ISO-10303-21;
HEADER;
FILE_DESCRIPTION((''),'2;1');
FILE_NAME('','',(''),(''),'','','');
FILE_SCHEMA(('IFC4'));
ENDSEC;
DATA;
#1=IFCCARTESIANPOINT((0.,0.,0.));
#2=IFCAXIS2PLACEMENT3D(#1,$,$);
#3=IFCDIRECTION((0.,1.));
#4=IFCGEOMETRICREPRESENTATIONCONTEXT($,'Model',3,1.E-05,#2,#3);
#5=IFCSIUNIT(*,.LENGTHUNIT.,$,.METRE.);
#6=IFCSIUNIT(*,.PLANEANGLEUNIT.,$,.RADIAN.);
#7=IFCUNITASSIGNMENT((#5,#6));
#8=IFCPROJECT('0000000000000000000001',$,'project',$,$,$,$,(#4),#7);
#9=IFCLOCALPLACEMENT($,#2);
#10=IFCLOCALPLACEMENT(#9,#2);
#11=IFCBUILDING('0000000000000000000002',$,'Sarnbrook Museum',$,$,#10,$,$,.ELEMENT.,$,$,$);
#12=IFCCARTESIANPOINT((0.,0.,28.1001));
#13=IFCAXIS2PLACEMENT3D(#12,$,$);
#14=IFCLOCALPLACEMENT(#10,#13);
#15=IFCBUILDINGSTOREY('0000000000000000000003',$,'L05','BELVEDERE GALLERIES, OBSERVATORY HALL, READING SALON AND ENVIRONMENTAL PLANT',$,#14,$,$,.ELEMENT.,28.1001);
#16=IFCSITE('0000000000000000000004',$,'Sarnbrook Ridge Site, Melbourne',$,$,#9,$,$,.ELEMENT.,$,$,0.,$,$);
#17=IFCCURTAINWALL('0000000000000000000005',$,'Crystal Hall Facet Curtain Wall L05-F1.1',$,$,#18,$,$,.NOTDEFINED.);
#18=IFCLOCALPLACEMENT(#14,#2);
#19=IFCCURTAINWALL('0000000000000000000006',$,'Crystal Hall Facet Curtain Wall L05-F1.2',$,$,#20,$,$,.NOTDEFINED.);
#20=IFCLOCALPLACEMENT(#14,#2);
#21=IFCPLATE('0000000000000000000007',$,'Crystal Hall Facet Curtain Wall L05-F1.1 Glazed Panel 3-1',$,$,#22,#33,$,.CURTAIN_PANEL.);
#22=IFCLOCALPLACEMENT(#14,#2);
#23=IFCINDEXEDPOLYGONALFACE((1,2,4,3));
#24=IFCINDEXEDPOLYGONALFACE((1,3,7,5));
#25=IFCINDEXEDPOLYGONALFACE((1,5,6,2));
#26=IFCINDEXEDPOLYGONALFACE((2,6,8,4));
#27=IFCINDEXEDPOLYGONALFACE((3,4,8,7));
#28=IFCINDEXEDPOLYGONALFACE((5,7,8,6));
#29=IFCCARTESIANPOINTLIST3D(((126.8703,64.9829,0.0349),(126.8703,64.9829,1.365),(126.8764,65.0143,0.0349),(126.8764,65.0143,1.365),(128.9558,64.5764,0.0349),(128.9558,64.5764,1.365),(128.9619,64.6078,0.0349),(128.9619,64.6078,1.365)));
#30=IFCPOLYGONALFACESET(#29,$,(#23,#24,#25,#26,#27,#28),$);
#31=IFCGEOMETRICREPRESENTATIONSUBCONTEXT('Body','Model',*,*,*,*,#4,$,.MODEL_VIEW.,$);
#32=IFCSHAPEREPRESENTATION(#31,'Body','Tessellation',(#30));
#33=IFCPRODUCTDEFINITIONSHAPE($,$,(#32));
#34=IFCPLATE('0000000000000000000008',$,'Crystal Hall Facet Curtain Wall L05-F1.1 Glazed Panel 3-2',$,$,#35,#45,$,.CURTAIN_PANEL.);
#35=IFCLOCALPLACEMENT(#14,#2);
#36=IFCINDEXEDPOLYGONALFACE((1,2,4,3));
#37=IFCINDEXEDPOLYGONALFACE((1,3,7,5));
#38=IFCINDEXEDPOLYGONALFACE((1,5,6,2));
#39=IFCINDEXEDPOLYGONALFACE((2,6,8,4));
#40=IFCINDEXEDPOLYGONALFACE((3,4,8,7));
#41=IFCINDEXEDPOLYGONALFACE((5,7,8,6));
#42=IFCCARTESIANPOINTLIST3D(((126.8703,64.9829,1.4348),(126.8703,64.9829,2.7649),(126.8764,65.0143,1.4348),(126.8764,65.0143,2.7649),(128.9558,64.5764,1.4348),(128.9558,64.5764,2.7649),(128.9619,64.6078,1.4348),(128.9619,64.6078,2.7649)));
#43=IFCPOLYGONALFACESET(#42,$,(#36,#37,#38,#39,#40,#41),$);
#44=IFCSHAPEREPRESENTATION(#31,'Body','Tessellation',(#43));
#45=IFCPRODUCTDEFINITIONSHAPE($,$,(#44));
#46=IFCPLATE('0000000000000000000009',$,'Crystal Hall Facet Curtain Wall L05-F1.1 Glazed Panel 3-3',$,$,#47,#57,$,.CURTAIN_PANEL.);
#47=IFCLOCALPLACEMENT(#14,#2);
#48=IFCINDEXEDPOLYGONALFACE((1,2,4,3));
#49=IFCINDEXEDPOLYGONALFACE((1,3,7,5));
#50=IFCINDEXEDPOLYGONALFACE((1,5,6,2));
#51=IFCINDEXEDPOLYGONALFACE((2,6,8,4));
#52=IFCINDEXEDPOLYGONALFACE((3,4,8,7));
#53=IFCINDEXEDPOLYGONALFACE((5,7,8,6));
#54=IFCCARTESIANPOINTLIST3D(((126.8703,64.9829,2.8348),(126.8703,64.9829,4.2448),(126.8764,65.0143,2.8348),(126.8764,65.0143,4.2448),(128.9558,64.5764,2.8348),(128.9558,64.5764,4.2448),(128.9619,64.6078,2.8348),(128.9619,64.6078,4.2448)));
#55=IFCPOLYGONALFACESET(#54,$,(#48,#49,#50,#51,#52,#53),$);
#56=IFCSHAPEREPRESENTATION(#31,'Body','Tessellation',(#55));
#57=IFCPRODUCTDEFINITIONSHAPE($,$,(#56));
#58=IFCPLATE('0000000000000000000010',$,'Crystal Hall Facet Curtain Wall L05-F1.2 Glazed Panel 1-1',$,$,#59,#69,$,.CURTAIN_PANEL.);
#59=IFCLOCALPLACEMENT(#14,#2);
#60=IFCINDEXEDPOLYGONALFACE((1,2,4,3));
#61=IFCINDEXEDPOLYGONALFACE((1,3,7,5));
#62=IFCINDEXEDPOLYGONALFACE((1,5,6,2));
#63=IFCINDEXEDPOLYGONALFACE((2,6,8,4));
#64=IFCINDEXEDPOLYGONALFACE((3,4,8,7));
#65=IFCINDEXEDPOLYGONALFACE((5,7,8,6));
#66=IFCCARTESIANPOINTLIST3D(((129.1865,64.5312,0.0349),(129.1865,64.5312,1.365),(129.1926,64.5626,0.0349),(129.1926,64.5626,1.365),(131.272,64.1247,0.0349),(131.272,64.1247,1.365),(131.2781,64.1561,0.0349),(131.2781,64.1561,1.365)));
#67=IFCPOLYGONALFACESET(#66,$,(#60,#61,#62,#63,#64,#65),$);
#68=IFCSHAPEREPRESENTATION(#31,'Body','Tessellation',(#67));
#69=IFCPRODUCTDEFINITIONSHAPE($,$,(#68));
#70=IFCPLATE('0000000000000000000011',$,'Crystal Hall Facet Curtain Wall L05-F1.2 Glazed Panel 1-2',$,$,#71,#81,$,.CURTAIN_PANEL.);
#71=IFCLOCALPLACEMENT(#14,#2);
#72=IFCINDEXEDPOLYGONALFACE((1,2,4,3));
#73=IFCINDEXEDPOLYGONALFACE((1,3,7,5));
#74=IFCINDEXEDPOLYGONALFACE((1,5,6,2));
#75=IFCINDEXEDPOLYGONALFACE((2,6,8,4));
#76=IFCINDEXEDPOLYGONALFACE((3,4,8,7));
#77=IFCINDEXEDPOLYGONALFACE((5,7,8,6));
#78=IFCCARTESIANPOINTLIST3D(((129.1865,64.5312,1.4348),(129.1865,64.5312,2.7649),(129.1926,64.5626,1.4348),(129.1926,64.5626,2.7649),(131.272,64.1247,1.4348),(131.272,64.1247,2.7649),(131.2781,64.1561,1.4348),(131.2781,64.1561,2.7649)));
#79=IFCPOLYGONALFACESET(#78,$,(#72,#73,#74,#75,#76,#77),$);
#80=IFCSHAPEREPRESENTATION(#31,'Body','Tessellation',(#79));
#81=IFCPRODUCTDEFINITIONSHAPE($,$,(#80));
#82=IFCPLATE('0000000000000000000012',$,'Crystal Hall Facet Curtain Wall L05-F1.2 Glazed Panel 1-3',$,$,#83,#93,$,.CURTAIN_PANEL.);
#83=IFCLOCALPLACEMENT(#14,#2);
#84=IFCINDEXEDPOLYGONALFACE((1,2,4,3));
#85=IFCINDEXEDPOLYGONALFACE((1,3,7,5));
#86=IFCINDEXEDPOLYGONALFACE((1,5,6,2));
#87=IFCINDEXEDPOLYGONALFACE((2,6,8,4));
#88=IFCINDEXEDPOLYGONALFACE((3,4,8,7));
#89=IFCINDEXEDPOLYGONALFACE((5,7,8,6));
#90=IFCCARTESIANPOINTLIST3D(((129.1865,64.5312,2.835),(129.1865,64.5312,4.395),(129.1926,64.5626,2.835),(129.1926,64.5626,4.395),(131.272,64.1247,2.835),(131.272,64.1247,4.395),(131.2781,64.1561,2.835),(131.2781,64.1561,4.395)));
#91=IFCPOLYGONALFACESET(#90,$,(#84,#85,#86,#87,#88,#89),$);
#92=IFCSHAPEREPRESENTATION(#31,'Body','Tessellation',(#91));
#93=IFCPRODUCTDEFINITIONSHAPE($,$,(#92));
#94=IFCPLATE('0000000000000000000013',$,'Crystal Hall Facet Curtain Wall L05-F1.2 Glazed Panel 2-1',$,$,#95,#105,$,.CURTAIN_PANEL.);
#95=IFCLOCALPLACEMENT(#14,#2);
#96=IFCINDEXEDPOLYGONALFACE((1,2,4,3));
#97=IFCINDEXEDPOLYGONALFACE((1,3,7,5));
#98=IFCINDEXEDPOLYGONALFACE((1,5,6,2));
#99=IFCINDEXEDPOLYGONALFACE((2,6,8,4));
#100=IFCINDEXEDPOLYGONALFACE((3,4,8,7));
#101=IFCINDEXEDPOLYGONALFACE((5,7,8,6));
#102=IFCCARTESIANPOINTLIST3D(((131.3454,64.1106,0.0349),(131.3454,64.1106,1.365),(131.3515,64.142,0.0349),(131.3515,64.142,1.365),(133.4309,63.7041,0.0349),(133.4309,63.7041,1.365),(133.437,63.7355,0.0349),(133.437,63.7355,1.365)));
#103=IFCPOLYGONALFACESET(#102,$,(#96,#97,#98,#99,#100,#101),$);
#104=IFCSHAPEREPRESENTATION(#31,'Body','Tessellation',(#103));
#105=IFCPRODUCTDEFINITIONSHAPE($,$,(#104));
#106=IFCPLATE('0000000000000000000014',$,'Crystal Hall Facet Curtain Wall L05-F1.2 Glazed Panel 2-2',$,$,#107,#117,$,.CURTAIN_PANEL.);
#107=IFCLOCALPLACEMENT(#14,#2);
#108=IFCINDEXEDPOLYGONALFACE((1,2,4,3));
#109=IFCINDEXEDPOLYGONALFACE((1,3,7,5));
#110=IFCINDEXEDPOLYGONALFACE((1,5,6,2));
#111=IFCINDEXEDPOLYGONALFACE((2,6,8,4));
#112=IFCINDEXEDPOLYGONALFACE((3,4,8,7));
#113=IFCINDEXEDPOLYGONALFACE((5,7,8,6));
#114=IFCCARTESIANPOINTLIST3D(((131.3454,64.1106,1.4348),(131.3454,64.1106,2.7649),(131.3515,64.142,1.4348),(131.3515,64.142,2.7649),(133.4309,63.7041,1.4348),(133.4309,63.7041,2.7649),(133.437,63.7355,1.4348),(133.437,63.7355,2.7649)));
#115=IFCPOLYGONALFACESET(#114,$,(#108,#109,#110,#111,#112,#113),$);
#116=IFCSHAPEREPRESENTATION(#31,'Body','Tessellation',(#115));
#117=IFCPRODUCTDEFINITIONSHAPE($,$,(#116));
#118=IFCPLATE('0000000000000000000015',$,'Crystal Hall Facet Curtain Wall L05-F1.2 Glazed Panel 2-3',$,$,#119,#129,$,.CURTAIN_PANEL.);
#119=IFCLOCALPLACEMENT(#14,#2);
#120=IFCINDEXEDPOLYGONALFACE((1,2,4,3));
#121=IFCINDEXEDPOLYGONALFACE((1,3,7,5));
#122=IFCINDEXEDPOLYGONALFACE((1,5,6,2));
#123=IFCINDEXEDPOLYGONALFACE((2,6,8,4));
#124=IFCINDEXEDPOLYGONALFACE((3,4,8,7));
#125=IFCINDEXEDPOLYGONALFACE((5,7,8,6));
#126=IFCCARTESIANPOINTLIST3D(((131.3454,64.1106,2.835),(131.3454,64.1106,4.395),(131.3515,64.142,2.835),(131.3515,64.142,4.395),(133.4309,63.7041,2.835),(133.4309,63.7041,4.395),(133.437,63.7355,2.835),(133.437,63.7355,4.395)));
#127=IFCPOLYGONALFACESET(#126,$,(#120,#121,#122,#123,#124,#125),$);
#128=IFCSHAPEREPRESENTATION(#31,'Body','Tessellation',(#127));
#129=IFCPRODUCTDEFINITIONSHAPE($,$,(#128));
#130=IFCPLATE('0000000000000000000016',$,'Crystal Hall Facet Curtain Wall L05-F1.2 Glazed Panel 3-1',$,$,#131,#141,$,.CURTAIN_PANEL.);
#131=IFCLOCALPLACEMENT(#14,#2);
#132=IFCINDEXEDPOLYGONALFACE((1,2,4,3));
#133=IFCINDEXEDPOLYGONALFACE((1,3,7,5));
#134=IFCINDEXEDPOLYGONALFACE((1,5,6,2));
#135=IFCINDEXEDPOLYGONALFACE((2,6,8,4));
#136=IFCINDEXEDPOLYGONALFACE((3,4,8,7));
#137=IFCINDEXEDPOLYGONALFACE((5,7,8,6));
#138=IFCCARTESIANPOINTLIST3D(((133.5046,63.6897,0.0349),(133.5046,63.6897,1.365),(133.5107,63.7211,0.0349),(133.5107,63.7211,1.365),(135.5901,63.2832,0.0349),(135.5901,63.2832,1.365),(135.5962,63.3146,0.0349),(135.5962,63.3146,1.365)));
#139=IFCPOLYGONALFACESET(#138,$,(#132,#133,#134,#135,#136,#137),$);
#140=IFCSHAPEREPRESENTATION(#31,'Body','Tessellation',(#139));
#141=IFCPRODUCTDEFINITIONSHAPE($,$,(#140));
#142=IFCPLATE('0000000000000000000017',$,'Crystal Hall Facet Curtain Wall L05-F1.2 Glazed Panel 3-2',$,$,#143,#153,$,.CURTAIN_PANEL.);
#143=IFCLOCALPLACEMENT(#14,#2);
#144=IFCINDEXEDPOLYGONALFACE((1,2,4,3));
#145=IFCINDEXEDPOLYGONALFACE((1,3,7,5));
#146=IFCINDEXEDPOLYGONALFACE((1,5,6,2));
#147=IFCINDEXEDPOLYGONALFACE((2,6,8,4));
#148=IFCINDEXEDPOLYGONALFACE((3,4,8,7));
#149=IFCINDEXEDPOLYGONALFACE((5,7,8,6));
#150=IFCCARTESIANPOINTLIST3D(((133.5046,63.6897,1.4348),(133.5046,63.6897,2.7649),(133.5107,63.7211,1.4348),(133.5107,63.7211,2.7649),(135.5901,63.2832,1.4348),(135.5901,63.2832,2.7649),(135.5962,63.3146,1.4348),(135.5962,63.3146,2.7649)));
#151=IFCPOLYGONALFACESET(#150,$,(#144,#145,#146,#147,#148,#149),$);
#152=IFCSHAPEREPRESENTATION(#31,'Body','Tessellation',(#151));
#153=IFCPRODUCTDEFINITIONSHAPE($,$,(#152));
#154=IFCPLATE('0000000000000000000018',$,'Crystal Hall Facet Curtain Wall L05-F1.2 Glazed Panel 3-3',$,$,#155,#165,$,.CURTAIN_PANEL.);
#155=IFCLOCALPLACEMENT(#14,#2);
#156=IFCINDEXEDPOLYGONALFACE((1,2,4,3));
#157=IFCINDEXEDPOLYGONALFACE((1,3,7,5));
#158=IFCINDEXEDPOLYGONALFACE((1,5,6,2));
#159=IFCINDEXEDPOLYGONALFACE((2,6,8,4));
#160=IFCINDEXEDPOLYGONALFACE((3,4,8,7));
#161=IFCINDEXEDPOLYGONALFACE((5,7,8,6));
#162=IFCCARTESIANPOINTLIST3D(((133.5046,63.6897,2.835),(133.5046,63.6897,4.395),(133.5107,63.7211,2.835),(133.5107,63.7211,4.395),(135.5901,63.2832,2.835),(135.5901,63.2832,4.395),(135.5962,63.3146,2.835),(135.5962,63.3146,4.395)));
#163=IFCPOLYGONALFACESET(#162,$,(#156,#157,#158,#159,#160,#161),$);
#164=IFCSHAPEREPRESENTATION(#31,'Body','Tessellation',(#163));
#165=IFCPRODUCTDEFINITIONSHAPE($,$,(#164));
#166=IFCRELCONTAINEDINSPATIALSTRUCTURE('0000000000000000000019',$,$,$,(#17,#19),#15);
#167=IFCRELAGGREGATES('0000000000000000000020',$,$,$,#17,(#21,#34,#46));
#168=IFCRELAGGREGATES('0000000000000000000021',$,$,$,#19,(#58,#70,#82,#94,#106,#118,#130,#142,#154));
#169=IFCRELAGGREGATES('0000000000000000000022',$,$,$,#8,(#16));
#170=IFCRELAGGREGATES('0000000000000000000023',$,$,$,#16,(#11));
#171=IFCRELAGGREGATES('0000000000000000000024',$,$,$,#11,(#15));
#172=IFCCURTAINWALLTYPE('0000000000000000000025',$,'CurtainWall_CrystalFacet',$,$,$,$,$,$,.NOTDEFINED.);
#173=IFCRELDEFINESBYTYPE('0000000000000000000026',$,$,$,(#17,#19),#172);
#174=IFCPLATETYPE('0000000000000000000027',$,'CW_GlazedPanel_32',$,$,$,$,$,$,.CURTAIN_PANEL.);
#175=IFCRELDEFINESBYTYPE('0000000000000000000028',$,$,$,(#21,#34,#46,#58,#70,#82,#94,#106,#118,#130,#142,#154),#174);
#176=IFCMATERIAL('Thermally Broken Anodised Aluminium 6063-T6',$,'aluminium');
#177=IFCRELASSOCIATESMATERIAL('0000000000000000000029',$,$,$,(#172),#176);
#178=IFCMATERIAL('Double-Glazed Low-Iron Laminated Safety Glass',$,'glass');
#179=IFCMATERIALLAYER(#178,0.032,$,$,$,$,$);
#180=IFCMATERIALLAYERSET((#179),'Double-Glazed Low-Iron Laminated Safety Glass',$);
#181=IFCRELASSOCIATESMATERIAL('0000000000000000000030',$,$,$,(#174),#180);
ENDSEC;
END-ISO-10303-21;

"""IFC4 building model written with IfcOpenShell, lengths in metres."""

from ifc_helpers import new_model, si_unit, direction, frame, origin, origin_2d, place, context, subcontext, project, spatial, rectangle, extrude, material, layer, layer_set, type_object, element, aggregate, save


model = new_model("IFC4")

# Units and contexts
model_context = context("Model", 3, precision=1e-05, world=origin(), true_north=direction((0.0, 1.0)))
body_context = subcontext(model_context, "Body", "Model", "MODEL_VIEW")
ifc_project = project(units=[si_unit("LENGTHUNIT", "METRE"), si_unit("PLANEANGLEUNIT", "RADIAN")], contexts=[model_context])

# Site, building, storey
site_placement = place(None, origin())
site = spatial("IfcSite", under=ifc_project, at=site_placement, Name="Sarnbrook Ridge Site, Melbourne", CompositionType="ELEMENT", RefElevation=0.0)
building_placement = place(site_placement, origin())
building = spatial("IfcBuilding", under=site, at=building_placement, Name="Sarnbrook Museum", CompositionType="ELEMENT")
storey_placement = place(building_placement, frame((0.0, 0.0, 28.1001)))
storey = spatial("IfcBuildingStorey", under=building, at=storey_placement, Name="L05", Description="BELVEDERE GALLERIES, OBSERVATORY HALL, READING SALON AND ENVIRONMENTAL PLANT", CompositionType="ELEMENT", Elevation=28.1001)

# Curtain walls
ifc_material_1 = material(Name="Thermally Broken Anodised Aluminium 6063-T6", Category="aluminium")
curtain_wall_type = type_object("IfcCurtainWallType", Name="CurtainWall_CrystalFacet", PredefinedType="NOTDEFINED", material=ifc_material_1)
curtain_wall_1_placement = place(storey_placement, origin())
curtain_wall_1 = element("IfcCurtainWall", 1, at=curtain_wall_1_placement, inside=storey, type_object=curtain_wall_type, Name="Crystal Hall Facet Curtain Wall L05-F1.1", PredefinedType="NOTDEFINED")
curtain_wall_2_placement = place(storey_placement, origin())
curtain_wall_2 = element("IfcCurtainWall", 2, at=curtain_wall_2_placement, inside=storey, type_object=curtain_wall_type, Name="Crystal Hall Facet Curtain Wall L05-F1.2", PredefinedType="NOTDEFINED")

# Plates
ifc_material_2 = material(Name="Double-Glazed Low-Iron Laminated Safety Glass", Category="glass")
ifc_layer = layer(ifc_material_2, 0.032)
ifc_layer_set = layer_set([ifc_layer], Name="Double-Glazed Low-Iron Laminated Safety Glass")
plate_type = type_object("IfcPlateType", Name="CW_GlazedPanel_32", PredefinedType="CURTAIN_PANEL", material=ifc_layer_set)
plate_1_placement = place(storey_placement, frame((127.9192, 64.811, 0.7), z_axis=(-0.191312, -0.981529, 0.0), x_axis=(0.981529, -0.191312, 0.0)))
plate_1 = element("IfcPlate", 3, at=plate_1_placement, type_object=plate_type, Name="Crystal Hall Facet Curtain Wall L05-F1.1 Glazed Panel 3-1", PredefinedType="CURTAIN_PANEL", context=body_context, shape_type="SweptSolid", body=[
    extrude(rectangle(XDim=2.1248, YDim=1.3301, at=origin_2d()), origin(), (0.0, 0.0, 1.0), 0.032),
])
plate_2_placement = place(storey_placement, frame((127.9192, 64.811, 2.0999), z_axis=(-0.191312, -0.981529, 0.0), x_axis=(0.981529, -0.191312, 0.0)))
plate_2 = element("IfcPlate", 4, at=plate_2_placement, type_object=plate_type, Name="Crystal Hall Facet Curtain Wall L05-F1.1 Glazed Panel 3-2", PredefinedType="CURTAIN_PANEL", context=body_context, shape_type="SweptSolid", body=[
    extrude(rectangle(XDim=2.1248, YDim=1.3301, at=origin_2d()), origin(), (0.0, 0.0, 1.0), 0.032),
])
plate_3_placement = place(storey_placement, frame((127.9192, 64.811, 3.5398), z_axis=(-0.191312, -0.981529, 0.0), x_axis=(0.981529, -0.191312, 0.0)))
plate_3 = element("IfcPlate", 5, at=plate_3_placement, type_object=plate_type, Name="Crystal Hall Facet Curtain Wall L05-F1.1 Glazed Panel 3-3", PredefinedType="CURTAIN_PANEL", context=body_context, shape_type="SweptSolid", body=[
    extrude(rectangle(XDim=2.1248, YDim=1.4099, at=origin_2d()), origin(), (0.0, 0.0, 1.0), 0.032),
])
aggregate(curtain_wall_1, [plate_1, plate_2, plate_3])
plate_4_placement = place(storey_placement, frame((130.2354, 64.3594, 0.7), z_axis=(-0.191312, -0.981529, 0.0), x_axis=(0.981529, -0.191312, 0.0)))
plate_4 = element("IfcPlate", 6, at=plate_4_placement, type_object=plate_type, Name="Crystal Hall Facet Curtain Wall L05-F1.2 Glazed Panel 1-1", PredefinedType="CURTAIN_PANEL", context=body_context, shape_type="SweptSolid", body=[
    extrude(rectangle(XDim=2.1248, YDim=1.3301, at=origin_2d()), origin(), (0.0, 0.0, 1.0), 0.032),
])
plate_5_placement = place(storey_placement, frame((130.2354, 64.3594, 2.0999), z_axis=(-0.191312, -0.981529, 0.0), x_axis=(0.981529, -0.191312, 0.0)))
plate_5 = element("IfcPlate", 7, at=plate_5_placement, type_object=plate_type, Name="Crystal Hall Facet Curtain Wall L05-F1.2 Glazed Panel 1-2", PredefinedType="CURTAIN_PANEL", context=body_context, shape_type="SweptSolid", body=[
    extrude(rectangle(XDim=2.1248, YDim=1.3301, at=origin_2d()), origin(), (0.0, 0.0, 1.0), 0.032),
])
plate_6_placement = place(storey_placement, frame((130.2354, 64.3594, 3.615), z_axis=(-0.191312, -0.981529, 0.0), x_axis=(0.981529, -0.191312, 0.0)))
plate_6 = element("IfcPlate", 8, at=plate_6_placement, type_object=plate_type, Name="Crystal Hall Facet Curtain Wall L05-F1.2 Glazed Panel 1-3", PredefinedType="CURTAIN_PANEL", context=body_context, shape_type="SweptSolid", body=[
    extrude(rectangle(XDim=2.1248, YDim=1.5601, at=origin_2d()), origin(), (0.0, 0.0, 1.0), 0.032),
])
plate_7_placement = place(storey_placement, frame((132.3943, 63.9387, 0.7), z_axis=(-0.191312, -0.981529, 0.0), x_axis=(0.981529, -0.191312, 0.0)))
plate_7 = element("IfcPlate", 9, at=plate_7_placement, type_object=plate_type, Name="Crystal Hall Facet Curtain Wall L05-F1.2 Glazed Panel 2-1", PredefinedType="CURTAIN_PANEL", context=body_context, shape_type="SweptSolid", body=[
    extrude(rectangle(XDim=2.1248, YDim=1.3301, at=origin_2d()), origin(), (0.0, 0.0, 1.0), 0.032),
])
plate_8_placement = place(storey_placement, frame((132.3943, 63.9387, 2.0999), z_axis=(-0.191312, -0.981529, 0.0), x_axis=(0.981529, -0.191312, 0.0)))
plate_8 = element("IfcPlate", 10, at=plate_8_placement, type_object=plate_type, Name="Crystal Hall Facet Curtain Wall L05-F1.2 Glazed Panel 2-2", PredefinedType="CURTAIN_PANEL", context=body_context, shape_type="SweptSolid", body=[
    extrude(rectangle(XDim=2.1248, YDim=1.3301, at=origin_2d()), origin(), (0.0, 0.0, 1.0), 0.032),
])
plate_9_placement = place(storey_placement, frame((132.3943, 63.9387, 3.615), z_axis=(-0.191312, -0.981529, 0.0), x_axis=(0.981529, -0.191312, 0.0)))
plate_9 = element("IfcPlate", 11, at=plate_9_placement, type_object=plate_type, Name="Crystal Hall Facet Curtain Wall L05-F1.2 Glazed Panel 2-3", PredefinedType="CURTAIN_PANEL", context=body_context, shape_type="SweptSolid", body=[
    extrude(rectangle(XDim=2.1248, YDim=1.5601, at=origin_2d()), origin(), (0.0, 0.0, 1.0), 0.032),
])
plate_10_placement = place(storey_placement, frame((134.5535, 63.5178, 0.7), z_axis=(-0.191312, -0.981529, 0.0), x_axis=(0.981529, -0.191312, 0.0)))
plate_10 = element("IfcPlate", 12, at=plate_10_placement, type_object=plate_type, Name="Crystal Hall Facet Curtain Wall L05-F1.2 Glazed Panel 3-1", PredefinedType="CURTAIN_PANEL", context=body_context, shape_type="SweptSolid", body=[
    extrude(rectangle(XDim=2.1248, YDim=1.3301, at=origin_2d()), origin(), (0.0, 0.0, 1.0), 0.032),
])
plate_11_placement = place(storey_placement, frame((134.5535, 63.5178, 2.0999), z_axis=(-0.191312, -0.981529, 0.0), x_axis=(0.981529, -0.191312, 0.0)))
plate_11 = element("IfcPlate", 13, at=plate_11_placement, type_object=plate_type, Name="Crystal Hall Facet Curtain Wall L05-F1.2 Glazed Panel 3-2", PredefinedType="CURTAIN_PANEL", context=body_context, shape_type="SweptSolid", body=[
    extrude(rectangle(XDim=2.1248, YDim=1.3301, at=origin_2d()), origin(), (0.0, 0.0, 1.0), 0.032),
])
plate_12_placement = place(storey_placement, frame((134.5535, 63.5178, 3.615), z_axis=(-0.191312, -0.981529, 0.0), x_axis=(0.981529, -0.191312, 0.0)))
plate_12 = element("IfcPlate", 14, at=plate_12_placement, type_object=plate_type, Name="Crystal Hall Facet Curtain Wall L05-F1.2 Glazed Panel 3-3", PredefinedType="CURTAIN_PANEL", context=body_context, shape_type="SweptSolid", body=[
    extrude(rectangle(XDim=2.1248, YDim=1.5601, at=origin_2d()), origin(), (0.0, 0.0, 1.0), 0.032),
])
aggregate(curtain_wall_2, [plate_4, plate_5, plate_6, plate_7, plate_8, plate_9, plate_10, plate_11, plate_12])

save(model, "model.ifc")
